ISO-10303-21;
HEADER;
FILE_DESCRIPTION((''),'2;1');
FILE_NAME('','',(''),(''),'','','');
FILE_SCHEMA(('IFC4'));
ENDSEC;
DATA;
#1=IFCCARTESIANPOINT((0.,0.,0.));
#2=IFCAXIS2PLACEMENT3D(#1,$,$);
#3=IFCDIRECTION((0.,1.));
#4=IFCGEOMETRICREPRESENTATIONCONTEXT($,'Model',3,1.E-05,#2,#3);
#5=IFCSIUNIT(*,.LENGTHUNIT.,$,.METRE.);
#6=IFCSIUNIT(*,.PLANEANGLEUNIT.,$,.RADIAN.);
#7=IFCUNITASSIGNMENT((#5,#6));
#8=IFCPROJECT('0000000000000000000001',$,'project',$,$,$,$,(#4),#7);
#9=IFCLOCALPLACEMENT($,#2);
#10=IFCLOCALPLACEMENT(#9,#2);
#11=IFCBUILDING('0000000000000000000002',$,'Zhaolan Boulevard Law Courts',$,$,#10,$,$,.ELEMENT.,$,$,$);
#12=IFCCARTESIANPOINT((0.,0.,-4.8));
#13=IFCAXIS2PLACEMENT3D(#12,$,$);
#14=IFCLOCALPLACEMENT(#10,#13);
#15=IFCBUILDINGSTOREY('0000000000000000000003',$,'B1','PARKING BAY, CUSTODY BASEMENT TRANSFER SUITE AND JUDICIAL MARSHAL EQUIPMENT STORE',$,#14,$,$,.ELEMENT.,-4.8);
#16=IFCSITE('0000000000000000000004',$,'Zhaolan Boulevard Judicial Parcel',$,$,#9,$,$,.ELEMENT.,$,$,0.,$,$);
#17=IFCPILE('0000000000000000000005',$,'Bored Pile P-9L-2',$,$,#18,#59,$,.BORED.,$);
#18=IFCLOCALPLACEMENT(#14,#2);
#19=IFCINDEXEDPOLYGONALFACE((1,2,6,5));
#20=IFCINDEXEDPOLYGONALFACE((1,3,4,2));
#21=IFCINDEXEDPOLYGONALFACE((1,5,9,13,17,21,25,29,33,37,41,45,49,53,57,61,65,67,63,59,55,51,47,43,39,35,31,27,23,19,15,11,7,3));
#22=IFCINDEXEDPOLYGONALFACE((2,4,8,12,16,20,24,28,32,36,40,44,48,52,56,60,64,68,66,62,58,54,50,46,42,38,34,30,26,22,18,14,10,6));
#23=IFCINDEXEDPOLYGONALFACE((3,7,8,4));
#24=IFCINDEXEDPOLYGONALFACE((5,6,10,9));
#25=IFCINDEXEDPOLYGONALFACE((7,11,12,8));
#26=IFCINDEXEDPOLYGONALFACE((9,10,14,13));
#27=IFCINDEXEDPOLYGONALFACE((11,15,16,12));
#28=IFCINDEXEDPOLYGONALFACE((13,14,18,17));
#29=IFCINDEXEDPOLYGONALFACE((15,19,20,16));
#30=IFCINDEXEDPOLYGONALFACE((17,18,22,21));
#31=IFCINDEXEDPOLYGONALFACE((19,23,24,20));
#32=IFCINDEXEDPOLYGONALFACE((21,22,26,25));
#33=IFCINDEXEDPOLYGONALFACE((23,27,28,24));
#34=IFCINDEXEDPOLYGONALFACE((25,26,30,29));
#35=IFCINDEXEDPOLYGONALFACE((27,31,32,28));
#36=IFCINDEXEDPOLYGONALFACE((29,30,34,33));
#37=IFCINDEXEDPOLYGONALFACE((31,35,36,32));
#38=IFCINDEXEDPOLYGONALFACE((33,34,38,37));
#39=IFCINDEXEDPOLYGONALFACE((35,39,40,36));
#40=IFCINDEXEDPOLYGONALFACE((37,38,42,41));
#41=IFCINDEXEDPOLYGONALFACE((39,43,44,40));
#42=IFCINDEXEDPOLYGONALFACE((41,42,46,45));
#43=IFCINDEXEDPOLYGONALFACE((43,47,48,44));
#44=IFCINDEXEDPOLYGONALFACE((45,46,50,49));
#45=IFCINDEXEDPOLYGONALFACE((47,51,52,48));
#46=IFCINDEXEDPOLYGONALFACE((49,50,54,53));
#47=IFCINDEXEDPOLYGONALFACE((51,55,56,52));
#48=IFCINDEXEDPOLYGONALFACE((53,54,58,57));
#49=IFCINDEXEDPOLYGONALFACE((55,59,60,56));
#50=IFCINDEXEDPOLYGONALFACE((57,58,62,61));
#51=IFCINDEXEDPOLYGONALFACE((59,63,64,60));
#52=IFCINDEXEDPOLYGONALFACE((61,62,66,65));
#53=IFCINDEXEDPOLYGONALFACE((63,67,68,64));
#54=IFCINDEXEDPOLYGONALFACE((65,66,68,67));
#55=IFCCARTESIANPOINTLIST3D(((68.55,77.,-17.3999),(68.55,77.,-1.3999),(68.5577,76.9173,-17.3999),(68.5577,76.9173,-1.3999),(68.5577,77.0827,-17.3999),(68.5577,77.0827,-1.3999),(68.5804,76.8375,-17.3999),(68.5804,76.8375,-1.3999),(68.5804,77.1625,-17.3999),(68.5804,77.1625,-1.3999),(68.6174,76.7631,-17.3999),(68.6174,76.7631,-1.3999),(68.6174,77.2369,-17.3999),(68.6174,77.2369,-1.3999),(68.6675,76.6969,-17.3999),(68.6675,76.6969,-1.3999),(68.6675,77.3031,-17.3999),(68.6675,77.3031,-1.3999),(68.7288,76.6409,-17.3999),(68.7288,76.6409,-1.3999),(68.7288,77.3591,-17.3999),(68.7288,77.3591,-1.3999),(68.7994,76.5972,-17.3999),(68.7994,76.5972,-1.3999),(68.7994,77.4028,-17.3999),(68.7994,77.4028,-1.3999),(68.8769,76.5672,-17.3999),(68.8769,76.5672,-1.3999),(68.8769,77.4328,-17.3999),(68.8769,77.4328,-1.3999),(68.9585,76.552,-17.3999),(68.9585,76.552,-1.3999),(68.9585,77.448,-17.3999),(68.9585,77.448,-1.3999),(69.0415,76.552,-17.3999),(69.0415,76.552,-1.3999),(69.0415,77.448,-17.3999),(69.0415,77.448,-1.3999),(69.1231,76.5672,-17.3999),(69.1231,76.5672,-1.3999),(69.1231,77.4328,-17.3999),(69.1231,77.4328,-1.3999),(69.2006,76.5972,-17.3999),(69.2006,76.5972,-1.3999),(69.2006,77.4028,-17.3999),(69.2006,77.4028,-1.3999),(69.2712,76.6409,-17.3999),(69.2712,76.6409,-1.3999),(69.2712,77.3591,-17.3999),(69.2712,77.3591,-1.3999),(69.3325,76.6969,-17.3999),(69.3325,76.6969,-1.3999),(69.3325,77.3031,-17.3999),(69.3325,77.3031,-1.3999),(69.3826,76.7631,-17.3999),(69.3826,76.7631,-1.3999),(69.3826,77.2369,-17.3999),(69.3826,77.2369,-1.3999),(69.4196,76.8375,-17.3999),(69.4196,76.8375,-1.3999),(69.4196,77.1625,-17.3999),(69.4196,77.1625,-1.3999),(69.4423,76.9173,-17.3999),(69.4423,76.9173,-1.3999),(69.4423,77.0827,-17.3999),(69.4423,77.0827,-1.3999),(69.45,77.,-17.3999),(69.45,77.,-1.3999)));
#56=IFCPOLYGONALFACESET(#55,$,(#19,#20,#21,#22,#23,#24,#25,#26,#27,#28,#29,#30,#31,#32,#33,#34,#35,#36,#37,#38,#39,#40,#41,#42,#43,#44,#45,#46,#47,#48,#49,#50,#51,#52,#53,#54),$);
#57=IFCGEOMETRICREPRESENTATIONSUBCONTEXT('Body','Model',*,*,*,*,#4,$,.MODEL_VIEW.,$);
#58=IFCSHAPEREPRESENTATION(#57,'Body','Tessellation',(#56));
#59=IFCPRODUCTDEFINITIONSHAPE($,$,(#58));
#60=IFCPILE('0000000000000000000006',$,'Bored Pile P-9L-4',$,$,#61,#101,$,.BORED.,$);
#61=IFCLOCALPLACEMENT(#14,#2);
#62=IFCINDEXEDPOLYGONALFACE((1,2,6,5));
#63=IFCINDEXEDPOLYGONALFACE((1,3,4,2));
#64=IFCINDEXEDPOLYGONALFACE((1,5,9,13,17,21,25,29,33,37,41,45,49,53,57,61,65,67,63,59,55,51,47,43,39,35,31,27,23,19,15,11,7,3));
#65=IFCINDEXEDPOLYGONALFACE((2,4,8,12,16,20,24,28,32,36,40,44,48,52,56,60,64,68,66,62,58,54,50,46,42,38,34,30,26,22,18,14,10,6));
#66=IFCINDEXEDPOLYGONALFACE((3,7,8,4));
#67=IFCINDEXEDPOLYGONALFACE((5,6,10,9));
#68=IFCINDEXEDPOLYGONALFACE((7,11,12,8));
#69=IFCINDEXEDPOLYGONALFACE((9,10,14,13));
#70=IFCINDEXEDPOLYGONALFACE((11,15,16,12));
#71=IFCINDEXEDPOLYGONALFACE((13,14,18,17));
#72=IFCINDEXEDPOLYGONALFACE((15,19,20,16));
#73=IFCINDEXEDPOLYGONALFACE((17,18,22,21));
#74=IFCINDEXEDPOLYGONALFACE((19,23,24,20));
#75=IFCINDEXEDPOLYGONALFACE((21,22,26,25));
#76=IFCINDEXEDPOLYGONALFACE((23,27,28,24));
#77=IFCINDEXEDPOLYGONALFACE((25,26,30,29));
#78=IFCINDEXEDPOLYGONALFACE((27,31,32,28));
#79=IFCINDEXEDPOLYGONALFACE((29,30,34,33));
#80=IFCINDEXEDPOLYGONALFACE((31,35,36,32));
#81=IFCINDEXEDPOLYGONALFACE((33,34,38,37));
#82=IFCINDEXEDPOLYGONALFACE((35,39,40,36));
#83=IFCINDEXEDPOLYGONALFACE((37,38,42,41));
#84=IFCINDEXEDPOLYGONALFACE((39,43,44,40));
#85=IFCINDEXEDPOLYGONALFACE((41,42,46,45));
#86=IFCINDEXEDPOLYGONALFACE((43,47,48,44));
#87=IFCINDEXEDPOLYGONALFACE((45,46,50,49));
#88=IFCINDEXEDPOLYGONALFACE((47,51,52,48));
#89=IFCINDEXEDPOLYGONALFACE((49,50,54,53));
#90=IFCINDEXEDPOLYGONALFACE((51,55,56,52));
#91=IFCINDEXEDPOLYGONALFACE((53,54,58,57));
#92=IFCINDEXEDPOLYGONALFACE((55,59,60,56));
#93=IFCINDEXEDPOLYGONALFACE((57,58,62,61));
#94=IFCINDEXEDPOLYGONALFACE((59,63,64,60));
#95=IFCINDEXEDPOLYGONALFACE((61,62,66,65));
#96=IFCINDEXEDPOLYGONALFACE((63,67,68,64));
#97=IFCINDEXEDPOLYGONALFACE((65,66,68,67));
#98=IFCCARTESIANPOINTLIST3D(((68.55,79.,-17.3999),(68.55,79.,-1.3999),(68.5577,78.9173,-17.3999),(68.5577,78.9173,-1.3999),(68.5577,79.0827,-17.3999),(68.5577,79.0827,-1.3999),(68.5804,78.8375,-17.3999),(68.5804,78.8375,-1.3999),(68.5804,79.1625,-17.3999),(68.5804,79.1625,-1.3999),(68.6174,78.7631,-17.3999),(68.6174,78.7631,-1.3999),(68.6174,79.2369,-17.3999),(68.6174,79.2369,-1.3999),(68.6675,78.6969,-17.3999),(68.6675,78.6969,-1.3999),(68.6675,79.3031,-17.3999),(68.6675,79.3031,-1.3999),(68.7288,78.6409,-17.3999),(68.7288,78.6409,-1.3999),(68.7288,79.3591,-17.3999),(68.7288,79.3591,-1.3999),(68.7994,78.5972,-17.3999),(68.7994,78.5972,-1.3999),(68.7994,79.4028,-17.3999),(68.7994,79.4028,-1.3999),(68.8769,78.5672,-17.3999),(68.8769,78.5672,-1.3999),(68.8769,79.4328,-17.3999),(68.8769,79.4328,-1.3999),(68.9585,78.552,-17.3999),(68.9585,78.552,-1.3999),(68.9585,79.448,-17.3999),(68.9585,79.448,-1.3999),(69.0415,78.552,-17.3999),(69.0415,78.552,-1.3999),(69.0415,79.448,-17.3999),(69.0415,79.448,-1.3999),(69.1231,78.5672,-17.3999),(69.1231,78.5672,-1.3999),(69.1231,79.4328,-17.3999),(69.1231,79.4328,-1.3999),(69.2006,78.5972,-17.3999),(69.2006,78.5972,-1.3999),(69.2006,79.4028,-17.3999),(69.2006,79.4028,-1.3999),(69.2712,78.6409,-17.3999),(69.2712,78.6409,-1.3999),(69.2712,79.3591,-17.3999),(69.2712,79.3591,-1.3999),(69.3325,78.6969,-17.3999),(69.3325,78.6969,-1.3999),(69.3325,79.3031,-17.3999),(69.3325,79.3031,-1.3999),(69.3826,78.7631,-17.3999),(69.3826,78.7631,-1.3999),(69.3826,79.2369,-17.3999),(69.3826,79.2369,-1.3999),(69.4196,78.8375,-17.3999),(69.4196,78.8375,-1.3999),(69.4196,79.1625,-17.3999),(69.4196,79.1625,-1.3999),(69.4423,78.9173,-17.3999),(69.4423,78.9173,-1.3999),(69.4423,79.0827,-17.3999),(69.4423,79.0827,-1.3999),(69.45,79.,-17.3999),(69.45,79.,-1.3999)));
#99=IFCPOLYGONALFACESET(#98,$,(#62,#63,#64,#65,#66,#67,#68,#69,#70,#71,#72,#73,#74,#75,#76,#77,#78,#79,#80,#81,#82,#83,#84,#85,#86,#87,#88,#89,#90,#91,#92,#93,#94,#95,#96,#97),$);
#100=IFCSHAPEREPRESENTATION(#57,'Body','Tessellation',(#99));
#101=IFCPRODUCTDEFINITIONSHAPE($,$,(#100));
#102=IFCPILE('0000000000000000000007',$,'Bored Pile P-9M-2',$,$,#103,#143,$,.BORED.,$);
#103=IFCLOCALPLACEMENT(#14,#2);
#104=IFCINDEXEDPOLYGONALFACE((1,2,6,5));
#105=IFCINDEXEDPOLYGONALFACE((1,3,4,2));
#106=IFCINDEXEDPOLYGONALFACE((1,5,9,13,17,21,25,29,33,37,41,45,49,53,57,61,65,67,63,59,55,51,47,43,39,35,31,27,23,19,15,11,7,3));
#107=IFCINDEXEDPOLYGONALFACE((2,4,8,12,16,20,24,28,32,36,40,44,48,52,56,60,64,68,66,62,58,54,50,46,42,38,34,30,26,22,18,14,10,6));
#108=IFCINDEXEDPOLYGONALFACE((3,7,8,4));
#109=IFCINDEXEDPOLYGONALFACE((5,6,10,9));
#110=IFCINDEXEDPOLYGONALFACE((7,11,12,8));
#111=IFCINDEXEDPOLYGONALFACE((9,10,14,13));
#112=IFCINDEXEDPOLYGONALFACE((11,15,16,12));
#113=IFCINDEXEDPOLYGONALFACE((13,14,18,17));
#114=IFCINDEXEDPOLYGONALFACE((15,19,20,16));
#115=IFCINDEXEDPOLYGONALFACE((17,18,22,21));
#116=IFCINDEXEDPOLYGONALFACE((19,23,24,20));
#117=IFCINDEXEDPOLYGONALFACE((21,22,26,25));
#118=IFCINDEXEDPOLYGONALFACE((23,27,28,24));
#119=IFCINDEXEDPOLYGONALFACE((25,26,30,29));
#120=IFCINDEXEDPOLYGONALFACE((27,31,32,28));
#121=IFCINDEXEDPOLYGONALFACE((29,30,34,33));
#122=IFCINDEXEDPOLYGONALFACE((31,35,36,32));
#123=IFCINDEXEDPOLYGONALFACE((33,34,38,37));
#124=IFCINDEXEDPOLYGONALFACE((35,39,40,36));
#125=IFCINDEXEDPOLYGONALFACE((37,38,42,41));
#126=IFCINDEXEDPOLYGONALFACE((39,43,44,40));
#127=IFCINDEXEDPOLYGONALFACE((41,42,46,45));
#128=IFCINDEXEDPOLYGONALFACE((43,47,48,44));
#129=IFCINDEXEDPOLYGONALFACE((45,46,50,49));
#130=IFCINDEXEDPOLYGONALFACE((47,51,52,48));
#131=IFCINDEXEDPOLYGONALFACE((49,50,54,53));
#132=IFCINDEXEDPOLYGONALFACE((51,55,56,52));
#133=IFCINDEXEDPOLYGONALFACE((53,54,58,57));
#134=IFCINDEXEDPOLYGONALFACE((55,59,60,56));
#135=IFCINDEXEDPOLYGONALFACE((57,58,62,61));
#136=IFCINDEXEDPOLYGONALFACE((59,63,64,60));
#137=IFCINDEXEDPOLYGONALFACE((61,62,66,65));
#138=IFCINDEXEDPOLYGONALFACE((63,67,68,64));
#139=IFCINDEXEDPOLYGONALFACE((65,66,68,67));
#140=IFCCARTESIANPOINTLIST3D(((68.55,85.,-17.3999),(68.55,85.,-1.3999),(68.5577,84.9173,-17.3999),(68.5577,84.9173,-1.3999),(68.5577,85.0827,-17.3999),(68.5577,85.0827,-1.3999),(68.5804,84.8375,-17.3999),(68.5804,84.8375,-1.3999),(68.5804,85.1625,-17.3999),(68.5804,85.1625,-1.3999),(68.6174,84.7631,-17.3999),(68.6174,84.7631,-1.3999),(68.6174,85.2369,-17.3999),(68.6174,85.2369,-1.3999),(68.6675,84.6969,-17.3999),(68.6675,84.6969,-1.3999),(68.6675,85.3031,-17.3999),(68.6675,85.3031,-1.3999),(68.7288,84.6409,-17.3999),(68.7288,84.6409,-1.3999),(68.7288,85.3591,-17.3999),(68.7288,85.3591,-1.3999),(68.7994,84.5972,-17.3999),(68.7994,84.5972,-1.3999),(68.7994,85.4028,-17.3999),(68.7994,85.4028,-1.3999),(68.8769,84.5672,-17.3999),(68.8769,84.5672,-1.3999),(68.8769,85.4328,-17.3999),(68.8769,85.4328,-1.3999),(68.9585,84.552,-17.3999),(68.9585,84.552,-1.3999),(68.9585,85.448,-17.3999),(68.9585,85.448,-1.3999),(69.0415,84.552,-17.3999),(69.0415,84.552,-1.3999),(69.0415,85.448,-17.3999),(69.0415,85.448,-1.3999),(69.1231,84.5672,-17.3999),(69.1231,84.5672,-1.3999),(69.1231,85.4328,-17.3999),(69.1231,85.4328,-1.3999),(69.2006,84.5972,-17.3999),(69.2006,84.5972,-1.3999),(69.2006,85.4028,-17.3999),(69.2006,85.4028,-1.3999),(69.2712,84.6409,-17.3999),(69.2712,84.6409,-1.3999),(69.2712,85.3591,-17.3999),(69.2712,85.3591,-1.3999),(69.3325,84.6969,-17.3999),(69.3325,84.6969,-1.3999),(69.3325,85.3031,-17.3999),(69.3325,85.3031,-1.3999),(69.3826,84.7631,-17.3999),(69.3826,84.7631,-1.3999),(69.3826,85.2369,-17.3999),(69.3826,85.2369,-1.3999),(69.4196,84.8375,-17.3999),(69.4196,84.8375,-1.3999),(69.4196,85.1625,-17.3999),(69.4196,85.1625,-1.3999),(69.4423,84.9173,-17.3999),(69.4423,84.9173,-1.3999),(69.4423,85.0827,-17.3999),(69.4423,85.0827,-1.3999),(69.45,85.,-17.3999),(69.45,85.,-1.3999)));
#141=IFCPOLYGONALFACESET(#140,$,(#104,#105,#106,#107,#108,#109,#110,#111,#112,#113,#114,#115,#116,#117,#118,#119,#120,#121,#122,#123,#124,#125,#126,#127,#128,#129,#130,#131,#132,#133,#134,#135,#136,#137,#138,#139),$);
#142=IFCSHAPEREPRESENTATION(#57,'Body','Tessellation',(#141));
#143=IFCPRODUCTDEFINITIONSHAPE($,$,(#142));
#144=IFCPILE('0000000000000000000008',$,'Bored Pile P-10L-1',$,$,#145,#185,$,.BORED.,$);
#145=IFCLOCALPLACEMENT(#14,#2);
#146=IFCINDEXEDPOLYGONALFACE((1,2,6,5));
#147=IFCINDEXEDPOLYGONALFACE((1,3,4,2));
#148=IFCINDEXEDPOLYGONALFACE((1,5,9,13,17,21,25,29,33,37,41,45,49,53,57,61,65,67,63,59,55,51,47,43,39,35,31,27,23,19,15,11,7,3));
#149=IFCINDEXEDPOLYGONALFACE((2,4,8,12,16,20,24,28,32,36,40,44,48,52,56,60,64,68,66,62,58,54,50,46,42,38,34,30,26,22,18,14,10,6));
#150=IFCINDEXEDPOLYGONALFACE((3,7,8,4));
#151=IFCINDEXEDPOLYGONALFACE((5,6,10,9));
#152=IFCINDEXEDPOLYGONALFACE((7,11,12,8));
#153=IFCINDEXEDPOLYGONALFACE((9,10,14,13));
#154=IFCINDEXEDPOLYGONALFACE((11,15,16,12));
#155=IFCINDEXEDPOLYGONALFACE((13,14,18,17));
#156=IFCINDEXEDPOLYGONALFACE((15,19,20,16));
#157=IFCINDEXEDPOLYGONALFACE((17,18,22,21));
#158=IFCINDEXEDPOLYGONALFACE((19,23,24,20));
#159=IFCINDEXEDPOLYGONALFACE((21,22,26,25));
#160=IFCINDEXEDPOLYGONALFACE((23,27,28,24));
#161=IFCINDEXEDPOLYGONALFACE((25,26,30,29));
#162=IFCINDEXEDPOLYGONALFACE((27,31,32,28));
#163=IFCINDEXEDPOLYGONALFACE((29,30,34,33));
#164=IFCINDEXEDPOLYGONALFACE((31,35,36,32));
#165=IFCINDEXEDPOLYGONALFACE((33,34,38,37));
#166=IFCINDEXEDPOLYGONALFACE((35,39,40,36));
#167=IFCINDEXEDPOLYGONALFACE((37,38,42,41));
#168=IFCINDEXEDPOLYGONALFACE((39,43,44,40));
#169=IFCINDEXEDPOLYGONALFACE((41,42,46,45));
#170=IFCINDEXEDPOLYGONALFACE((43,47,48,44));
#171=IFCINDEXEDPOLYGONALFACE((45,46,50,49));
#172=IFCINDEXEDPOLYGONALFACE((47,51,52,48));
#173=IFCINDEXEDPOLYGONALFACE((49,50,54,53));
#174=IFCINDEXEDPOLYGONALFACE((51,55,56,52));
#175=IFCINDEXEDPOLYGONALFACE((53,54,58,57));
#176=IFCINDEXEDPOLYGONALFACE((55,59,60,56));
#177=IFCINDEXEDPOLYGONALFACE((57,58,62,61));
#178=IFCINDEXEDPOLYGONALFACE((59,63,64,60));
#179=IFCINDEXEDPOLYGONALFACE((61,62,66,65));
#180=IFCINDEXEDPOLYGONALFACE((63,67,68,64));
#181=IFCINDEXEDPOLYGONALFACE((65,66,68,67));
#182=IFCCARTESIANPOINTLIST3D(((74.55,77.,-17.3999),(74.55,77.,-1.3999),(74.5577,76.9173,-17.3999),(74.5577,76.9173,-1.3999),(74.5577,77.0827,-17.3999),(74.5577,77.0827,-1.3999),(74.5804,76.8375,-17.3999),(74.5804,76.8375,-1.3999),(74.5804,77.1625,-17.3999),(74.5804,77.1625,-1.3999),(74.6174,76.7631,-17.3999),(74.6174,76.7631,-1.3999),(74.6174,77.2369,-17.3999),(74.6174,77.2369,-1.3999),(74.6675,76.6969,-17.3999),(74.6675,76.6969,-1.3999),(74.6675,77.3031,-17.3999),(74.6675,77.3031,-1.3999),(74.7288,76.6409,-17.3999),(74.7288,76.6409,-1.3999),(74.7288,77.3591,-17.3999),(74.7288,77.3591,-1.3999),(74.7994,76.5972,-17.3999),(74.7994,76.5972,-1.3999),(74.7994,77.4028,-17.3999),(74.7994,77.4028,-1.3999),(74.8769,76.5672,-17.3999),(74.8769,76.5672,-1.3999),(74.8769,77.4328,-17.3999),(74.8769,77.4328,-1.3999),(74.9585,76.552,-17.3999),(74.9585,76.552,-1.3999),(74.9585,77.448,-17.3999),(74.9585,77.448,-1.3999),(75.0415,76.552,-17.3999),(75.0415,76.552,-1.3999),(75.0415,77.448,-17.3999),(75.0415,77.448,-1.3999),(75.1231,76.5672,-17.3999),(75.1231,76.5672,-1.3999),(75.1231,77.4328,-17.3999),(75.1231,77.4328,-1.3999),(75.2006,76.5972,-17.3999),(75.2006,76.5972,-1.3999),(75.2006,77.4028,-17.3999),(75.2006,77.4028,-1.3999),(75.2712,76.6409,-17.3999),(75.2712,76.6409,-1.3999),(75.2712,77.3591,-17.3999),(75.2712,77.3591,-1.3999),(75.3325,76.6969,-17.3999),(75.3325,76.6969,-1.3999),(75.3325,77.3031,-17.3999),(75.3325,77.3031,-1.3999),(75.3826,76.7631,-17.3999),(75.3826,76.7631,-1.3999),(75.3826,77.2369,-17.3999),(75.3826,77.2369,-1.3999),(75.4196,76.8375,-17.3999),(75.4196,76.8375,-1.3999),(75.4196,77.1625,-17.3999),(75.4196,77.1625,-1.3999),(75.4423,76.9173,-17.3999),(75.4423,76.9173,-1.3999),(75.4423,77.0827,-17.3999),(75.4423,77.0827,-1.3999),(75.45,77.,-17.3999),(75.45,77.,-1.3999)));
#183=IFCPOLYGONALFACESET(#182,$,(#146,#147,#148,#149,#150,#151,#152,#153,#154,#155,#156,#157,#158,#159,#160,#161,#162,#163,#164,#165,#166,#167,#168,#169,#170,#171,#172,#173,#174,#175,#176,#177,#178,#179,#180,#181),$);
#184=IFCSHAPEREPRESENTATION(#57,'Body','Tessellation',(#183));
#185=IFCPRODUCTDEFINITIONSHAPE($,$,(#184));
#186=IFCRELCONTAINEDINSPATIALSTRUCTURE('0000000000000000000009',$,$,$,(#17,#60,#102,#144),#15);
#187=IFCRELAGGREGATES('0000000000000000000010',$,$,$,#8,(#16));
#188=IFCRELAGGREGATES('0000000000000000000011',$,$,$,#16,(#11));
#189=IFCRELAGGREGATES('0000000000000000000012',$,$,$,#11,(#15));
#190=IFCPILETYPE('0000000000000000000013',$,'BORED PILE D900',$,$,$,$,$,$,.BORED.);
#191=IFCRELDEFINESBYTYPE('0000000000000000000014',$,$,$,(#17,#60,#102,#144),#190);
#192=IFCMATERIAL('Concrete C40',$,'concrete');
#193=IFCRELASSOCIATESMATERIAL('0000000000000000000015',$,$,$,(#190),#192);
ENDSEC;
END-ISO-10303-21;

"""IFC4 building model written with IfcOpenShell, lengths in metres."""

from ifc_helpers import new_model, si_unit, direction, frame, origin, origin_2d, place, context, subcontext, project, spatial, circle, extrude, material, material_profile, profile_set, type_object, element, save


model = new_model("IFC4")

# Units and contexts
model_context = context("Model", 3, precision=1e-05, world=origin(), true_north=direction((0.0, 1.0)))
body_context = subcontext(model_context, "Body", "Model", "MODEL_VIEW")
ifc_project = project(units=[si_unit("LENGTHUNIT", "METRE"), si_unit("PLANEANGLEUNIT", "RADIAN")], contexts=[model_context])

# Site, building, storey
site_placement = place(None, origin())
site = spatial("IfcSite", under=ifc_project, at=site_placement, Name="Zhaolan Boulevard Judicial Parcel", CompositionType="ELEMENT", RefElevation=0.0)
building_placement = place(site_placement, origin())
building = spatial("IfcBuilding", under=site, at=building_placement, Name="Zhaolan Boulevard Law Courts", CompositionType="ELEMENT")
storey_placement = place(building_placement, frame((0.0, 0.0, -4.8)))
storey = spatial("IfcBuildingStorey", under=building, at=storey_placement, Name="B1", Description="PARKING BAY, CUSTODY BASEMENT TRANSFER SUITE AND JUDICIAL MARSHAL EQUIPMENT STORE", CompositionType="ELEMENT", Elevation=-4.8)

# Piles
ifc_material_1 = material(Name="Concrete C40", Category="concrete")
ifc_material_profile_1 = material_profile(ifc_material_1, circle(Radius=0.45, at=origin_2d()), Name="PILE-D900")
ifc_profile_set_1 = profile_set([ifc_material_profile_1], Name="Concrete C40")
pile_type = type_object("IfcPileType", Name="BORED PILE D900", PredefinedType="BORED", material=ifc_profile_set_1)
for number, where, z_axis, x_axis, name in (
    (1, (69.0, 77.0, -1.3999), (0.0, 0.0, -1.0), (1.0, 0.0, 0.0), "Bored Pile P-9L-2"),
    (2, (69.0, 79.0, -1.3999), (0.0, 0.0, -1.0), (1.0, 0.0, 0.0), "Bored Pile P-9L-4"),
    (3, (69.0, 85.0, -1.3999), (0.0, 0.0, -1.0), (1.0, 0.0, 0.0), "Bored Pile P-9M-2"),
    (4, (75.0, 77.0, -1.3999), (0.0, 0.0, -1.0), (1.0, 0.0, 0.0), "Bored Pile P-10L-1"),
):
    element("IfcPile", number, at=place(storey_placement, frame(where, z_axis=z_axis, x_axis=x_axis)), inside=storey, type_object=pile_type, Name=name, PredefinedType="BORED", context=body_context, shape_type="SweptSolid", body=[
        extrude(circle(Radius=0.45, at=origin_2d()), origin(), (0.0, 0.0, 1.0), 16.0),
    ])

save(model, "model.ifc")
